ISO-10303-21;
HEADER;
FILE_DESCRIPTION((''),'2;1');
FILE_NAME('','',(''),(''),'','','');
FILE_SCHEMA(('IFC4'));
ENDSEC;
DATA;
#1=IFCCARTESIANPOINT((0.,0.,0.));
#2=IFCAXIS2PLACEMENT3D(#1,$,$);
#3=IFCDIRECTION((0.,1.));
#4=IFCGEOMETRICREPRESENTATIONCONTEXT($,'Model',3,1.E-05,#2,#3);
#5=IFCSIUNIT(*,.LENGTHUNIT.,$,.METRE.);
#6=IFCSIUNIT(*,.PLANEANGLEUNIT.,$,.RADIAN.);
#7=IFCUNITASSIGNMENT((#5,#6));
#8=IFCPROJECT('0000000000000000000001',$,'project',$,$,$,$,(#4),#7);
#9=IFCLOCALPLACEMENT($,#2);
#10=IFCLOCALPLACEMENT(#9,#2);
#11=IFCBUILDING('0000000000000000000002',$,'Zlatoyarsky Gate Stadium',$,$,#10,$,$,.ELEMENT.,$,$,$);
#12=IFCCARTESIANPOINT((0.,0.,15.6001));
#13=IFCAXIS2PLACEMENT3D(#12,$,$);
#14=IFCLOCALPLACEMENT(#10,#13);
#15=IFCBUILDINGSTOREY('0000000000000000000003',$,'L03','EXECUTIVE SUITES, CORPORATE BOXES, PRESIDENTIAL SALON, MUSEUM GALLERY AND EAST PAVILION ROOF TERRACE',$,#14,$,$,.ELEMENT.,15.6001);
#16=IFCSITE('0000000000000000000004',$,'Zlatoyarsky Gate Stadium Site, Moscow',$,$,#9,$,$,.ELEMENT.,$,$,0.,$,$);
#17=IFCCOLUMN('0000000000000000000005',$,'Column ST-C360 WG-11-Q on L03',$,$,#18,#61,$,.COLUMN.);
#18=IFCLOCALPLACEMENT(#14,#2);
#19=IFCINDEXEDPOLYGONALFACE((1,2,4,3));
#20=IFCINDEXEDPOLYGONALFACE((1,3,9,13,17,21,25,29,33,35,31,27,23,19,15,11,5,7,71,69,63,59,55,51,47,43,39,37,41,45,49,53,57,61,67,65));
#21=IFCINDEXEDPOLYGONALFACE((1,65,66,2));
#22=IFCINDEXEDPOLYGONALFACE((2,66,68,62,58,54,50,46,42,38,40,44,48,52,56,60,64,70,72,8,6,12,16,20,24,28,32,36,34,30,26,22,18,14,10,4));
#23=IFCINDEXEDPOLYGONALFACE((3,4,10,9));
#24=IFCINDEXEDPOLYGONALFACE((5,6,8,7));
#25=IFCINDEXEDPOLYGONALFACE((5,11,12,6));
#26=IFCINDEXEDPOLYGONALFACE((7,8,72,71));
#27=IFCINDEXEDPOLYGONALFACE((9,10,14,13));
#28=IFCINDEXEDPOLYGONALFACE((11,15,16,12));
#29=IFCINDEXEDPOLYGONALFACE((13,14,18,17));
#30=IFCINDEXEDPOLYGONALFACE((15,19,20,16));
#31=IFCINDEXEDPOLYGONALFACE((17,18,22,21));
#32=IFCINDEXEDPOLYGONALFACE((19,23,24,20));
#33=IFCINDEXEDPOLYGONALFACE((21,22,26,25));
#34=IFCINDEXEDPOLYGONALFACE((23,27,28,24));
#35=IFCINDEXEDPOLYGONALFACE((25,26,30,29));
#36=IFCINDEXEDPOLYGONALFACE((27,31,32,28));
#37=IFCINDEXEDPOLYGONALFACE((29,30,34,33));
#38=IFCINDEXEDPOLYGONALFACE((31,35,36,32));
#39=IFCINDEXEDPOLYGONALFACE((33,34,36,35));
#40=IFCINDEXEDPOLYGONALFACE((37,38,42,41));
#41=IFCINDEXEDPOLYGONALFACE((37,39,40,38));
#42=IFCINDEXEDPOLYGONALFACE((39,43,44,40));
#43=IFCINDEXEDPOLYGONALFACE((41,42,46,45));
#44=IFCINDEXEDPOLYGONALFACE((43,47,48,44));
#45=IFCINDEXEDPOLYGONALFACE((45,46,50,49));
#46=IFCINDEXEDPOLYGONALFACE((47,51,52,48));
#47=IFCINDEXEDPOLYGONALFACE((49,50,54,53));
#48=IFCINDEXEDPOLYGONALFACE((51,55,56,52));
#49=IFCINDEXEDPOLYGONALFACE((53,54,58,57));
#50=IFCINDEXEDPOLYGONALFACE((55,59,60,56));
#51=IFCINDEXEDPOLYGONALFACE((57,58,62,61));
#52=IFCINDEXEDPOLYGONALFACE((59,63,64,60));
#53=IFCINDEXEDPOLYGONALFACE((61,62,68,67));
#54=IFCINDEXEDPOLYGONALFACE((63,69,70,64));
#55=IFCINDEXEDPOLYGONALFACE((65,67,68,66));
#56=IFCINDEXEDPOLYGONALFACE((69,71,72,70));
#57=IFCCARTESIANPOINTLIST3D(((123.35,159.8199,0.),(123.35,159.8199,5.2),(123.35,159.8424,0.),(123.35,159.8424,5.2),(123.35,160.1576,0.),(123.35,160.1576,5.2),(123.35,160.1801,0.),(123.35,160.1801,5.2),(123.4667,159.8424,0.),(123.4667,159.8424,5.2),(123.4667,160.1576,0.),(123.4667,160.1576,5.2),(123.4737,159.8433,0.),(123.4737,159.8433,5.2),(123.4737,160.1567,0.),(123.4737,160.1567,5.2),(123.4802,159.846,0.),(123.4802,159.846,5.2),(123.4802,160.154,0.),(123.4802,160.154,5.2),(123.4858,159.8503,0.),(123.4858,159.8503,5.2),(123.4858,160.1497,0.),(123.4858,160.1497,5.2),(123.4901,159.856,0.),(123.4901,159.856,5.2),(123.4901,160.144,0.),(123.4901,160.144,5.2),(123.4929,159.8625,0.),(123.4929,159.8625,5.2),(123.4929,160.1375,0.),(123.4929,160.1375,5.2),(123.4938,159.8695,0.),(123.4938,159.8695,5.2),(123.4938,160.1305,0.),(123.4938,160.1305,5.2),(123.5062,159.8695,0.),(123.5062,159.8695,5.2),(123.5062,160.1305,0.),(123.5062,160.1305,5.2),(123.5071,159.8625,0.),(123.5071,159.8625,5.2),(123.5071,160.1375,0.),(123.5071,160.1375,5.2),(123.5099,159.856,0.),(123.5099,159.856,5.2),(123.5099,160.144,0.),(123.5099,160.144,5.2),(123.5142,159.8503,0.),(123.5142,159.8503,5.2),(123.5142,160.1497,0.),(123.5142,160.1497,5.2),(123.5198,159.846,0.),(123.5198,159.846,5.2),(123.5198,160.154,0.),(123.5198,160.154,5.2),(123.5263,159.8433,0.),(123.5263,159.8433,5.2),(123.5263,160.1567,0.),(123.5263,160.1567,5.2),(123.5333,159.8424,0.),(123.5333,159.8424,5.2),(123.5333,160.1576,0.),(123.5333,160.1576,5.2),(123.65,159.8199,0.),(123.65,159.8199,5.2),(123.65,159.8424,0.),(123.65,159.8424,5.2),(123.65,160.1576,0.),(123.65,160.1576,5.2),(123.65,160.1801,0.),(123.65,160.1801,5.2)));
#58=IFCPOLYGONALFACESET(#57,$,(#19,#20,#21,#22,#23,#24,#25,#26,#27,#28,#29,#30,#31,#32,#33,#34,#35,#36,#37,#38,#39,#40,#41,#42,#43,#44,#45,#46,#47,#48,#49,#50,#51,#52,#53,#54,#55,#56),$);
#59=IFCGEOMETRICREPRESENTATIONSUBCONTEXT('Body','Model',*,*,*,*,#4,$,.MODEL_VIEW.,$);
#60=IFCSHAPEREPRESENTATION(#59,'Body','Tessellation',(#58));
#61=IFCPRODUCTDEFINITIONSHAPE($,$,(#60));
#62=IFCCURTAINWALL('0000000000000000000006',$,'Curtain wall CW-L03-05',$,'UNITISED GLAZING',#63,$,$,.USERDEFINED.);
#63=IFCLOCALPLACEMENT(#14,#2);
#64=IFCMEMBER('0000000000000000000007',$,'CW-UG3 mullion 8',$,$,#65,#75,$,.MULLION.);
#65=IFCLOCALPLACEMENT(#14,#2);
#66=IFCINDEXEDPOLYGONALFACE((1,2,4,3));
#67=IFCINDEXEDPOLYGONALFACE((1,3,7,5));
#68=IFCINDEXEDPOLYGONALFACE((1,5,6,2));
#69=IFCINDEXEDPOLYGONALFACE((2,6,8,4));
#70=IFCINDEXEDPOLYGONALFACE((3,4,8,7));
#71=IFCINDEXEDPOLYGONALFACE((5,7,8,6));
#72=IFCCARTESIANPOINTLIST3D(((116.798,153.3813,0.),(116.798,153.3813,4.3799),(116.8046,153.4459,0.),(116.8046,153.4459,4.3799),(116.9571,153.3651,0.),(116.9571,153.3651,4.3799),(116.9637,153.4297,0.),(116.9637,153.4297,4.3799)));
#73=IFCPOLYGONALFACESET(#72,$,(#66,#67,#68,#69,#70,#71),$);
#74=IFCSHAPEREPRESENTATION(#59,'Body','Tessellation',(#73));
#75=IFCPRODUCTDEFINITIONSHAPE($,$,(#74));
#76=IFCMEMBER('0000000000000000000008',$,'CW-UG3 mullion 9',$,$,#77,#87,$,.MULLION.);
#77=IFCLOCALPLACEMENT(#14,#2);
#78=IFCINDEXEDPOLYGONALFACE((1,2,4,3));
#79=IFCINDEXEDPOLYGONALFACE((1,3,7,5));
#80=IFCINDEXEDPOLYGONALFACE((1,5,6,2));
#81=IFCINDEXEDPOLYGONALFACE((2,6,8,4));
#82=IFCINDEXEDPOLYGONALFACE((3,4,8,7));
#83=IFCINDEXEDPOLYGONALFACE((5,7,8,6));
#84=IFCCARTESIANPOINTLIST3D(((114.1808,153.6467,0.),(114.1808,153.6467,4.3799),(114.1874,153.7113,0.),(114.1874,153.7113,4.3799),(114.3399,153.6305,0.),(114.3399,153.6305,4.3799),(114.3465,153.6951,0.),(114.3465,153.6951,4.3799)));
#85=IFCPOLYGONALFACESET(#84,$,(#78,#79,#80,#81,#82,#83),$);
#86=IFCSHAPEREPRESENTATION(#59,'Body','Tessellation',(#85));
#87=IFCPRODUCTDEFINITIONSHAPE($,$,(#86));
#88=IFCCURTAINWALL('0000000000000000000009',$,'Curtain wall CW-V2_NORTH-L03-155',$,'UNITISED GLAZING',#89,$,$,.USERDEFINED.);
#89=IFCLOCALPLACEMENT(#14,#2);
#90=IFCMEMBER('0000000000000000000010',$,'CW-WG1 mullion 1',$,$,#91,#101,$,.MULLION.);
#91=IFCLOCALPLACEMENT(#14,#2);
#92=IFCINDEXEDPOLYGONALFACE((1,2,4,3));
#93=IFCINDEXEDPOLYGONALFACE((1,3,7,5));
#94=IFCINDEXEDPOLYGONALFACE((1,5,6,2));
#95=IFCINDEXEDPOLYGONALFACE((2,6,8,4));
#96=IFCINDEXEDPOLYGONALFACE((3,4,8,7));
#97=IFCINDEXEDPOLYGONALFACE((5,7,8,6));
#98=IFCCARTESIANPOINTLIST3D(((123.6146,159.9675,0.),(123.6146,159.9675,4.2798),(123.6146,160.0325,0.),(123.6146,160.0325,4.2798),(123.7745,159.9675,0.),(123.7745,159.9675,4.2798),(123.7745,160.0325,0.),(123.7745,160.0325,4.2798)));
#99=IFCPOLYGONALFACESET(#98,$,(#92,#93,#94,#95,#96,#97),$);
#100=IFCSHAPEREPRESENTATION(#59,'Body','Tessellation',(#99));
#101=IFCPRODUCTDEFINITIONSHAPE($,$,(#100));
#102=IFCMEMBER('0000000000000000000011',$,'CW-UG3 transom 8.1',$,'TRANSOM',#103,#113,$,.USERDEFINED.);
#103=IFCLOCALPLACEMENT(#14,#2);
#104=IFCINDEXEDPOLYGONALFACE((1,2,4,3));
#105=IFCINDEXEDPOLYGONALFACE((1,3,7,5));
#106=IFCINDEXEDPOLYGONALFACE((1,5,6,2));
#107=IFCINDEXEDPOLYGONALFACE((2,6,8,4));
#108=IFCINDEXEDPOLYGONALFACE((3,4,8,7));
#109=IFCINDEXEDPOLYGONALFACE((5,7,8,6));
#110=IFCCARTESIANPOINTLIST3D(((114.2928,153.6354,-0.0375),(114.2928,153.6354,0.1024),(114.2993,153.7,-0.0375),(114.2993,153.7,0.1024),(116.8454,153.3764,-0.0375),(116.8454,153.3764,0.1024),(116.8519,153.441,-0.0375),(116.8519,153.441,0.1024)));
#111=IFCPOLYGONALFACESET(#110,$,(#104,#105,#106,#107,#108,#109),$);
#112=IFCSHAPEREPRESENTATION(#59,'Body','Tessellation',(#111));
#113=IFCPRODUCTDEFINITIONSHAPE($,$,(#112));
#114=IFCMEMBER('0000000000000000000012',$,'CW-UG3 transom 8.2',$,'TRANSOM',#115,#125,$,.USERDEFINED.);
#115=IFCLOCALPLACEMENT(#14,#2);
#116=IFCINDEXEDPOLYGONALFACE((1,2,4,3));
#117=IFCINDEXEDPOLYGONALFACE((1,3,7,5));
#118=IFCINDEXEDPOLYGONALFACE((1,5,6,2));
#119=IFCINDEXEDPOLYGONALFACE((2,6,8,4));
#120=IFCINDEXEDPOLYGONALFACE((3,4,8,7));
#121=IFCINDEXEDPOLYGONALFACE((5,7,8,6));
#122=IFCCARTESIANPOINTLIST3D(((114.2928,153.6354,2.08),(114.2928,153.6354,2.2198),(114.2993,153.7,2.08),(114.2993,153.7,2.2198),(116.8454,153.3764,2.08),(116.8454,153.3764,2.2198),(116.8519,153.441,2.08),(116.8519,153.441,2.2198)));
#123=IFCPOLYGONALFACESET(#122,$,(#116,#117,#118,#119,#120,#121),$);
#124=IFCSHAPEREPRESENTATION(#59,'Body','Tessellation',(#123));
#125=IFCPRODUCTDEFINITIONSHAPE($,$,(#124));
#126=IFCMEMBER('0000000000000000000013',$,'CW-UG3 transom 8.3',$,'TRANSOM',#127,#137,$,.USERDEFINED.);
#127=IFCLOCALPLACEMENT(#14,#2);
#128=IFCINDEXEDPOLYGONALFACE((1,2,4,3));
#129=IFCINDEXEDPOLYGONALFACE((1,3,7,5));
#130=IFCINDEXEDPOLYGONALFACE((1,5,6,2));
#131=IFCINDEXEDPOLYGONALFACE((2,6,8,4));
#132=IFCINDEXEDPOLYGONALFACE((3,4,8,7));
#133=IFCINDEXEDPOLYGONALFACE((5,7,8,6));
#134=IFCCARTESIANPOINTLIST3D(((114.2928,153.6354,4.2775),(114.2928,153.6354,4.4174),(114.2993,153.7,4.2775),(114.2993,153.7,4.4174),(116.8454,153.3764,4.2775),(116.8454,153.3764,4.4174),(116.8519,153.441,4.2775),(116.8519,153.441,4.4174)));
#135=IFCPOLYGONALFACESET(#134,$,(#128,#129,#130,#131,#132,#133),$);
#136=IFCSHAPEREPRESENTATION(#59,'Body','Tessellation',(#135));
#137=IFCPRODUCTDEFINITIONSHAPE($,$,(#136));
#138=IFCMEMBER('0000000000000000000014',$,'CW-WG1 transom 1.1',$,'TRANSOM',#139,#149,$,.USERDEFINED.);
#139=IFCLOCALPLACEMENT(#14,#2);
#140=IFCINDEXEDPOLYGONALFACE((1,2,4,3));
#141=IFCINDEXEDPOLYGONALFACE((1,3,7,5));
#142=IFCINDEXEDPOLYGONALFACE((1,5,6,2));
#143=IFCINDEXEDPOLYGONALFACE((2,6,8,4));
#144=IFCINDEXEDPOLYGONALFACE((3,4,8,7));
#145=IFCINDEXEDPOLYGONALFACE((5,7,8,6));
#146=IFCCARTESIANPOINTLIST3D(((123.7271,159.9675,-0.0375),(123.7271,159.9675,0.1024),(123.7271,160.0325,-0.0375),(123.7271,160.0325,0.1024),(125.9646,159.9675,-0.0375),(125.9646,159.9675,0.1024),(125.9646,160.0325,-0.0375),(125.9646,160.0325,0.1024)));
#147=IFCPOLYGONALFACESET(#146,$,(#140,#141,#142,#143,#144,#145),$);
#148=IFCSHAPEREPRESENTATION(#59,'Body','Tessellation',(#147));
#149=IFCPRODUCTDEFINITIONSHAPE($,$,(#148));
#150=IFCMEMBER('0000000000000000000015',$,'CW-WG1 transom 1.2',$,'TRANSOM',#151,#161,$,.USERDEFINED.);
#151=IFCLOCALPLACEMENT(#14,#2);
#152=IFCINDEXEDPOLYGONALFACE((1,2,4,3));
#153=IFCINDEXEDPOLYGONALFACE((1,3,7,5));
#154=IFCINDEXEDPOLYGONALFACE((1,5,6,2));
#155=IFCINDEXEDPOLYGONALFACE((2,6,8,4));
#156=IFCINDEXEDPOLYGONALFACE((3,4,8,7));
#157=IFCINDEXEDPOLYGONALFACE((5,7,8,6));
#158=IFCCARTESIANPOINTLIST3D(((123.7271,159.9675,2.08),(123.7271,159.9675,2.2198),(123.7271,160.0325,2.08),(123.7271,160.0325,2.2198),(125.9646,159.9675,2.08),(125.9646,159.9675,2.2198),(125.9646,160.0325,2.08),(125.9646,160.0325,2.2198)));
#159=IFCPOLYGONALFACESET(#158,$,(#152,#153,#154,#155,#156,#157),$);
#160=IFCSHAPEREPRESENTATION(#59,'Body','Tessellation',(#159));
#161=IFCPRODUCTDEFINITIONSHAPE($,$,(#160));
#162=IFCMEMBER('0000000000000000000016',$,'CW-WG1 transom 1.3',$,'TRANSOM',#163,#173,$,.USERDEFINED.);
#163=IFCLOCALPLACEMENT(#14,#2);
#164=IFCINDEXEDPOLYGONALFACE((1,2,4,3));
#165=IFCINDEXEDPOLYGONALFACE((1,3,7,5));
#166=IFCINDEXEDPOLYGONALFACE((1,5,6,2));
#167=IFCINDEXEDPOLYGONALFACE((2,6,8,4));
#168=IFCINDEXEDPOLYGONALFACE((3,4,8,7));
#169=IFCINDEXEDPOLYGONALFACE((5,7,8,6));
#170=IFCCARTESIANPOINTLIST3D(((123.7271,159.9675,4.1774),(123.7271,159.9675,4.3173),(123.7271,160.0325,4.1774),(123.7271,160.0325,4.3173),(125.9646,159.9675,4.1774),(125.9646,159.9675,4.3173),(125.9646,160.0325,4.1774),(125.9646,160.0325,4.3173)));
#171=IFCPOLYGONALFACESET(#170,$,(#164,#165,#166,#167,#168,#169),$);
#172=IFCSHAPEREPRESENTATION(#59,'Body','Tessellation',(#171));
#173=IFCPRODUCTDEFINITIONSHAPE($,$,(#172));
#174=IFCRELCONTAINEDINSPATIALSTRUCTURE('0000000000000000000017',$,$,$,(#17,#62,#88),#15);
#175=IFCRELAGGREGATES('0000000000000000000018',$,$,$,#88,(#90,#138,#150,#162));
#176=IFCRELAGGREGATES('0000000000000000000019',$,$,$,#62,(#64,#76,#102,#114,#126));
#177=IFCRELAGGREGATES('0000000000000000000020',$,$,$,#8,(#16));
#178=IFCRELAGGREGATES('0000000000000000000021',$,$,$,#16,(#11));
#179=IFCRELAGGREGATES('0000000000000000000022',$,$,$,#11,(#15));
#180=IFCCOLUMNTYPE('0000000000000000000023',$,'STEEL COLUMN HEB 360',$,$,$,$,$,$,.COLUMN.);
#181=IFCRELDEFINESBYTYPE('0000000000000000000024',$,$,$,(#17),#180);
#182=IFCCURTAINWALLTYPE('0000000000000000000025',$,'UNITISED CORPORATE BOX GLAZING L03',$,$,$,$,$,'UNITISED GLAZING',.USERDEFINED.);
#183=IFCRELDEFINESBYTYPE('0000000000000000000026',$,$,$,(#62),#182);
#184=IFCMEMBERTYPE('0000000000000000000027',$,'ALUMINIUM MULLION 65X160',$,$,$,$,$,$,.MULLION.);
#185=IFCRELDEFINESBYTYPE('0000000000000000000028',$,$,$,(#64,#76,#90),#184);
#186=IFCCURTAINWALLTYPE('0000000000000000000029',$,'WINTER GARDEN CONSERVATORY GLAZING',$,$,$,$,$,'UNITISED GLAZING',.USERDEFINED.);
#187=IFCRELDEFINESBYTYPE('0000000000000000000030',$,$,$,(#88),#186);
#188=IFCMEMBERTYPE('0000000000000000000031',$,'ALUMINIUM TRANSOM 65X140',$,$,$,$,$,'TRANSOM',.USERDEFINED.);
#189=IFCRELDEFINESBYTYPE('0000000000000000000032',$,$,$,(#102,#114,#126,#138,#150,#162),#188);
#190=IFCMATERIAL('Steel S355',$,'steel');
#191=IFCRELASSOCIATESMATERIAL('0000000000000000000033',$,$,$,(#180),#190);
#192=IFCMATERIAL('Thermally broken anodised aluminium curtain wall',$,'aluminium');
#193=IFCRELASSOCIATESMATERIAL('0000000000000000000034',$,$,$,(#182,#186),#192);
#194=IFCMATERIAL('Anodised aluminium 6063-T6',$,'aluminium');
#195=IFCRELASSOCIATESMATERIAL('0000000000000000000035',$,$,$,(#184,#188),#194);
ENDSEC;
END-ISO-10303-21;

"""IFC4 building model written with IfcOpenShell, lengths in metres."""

from ifc_helpers import new_model, si_unit, direction, frame, origin, origin_2d, place, context, subcontext, project, spatial, rectangle, i_section, extrude, material, material_profile, profile_set, type_object, element, aggregate, save


model = new_model("IFC4")

# Units and contexts
model_context = context("Model", 3, precision=1e-05, world=origin(), true_north=direction((0.0, 1.0)))
body_context = subcontext(model_context, "Body", "Model", "MODEL_VIEW")
ifc_project = project(units=[si_unit("LENGTHUNIT", "METRE"), si_unit("PLANEANGLEUNIT", "RADIAN")], contexts=[model_context])

# Site, building, storey
site_placement = place(None, origin())
site = spatial("IfcSite", under=ifc_project, at=site_placement, Name="Zlatoyarsky Gate Stadium Site, Moscow", CompositionType="ELEMENT", RefElevation=0.0)
building_placement = place(site_placement, origin())
building = spatial("IfcBuilding", under=site, at=building_placement, Name="Zlatoyarsky Gate Stadium", CompositionType="ELEMENT")
storey_placement = place(building_placement, frame((0.0, 0.0, 15.6001)))
storey = spatial("IfcBuildingStorey", under=building, at=storey_placement, Name="L03", Description="EXECUTIVE SUITES, CORPORATE BOXES, PRESIDENTIAL SALON, MUSEUM GALLERY AND EAST PAVILION ROOF TERRACE", CompositionType="ELEMENT", Elevation=15.6001)

# Column
ifc_material_1 = material(Name="Steel S355", Category="steel")
ifc_material_profile_1 = material_profile(ifc_material_1, i_section(OverallWidth=0.3, OverallDepth=0.3601, WebThickness=0.0125, FlangeThickness=0.0225, FilletRadius=0.0271, at=origin_2d()), Name="HEB 360")
ifc_profile_set_1 = profile_set([ifc_material_profile_1], Name="Steel S355")
column_type = type_object("IfcColumnType", Name="STEEL COLUMN HEB 360", PredefinedType="COLUMN", material=ifc_profile_set_1)
column_placement = place(storey_placement, frame((123.5, 160.0, 0.0), z_axis=(0.0, 0.0, 1.0), x_axis=(1.0, 0.0, 0.0)))
element("IfcColumn", 1, at=column_placement, inside=storey, type_object=column_type, Name="Column ST-C360 WG-11-Q on L03", PredefinedType="COLUMN", context=body_context, shape_type="SweptSolid", body=[
    extrude(i_section(OverallWidth=0.3, OverallDepth=0.3601, WebThickness=0.0125, FlangeThickness=0.0225, FilletRadius=0.0271, at=origin_2d()), origin(), (0.0, 0.0, 1.0), 5.2),
])

# Curtain wall, members
ifc_material_2 = material(Name="Thermally broken anodised aluminium curtain wall", Category="aluminium")
curtain_wall_type_1 = type_object("IfcCurtainWallType", Name="UNITISED CORPORATE BOX GLAZING L03", ElementType="UNITISED GLAZING", PredefinedType="USERDEFINED", material=ifc_material_2)
curtain_wall_1_placement = place(storey_placement, origin())
curtain_wall_1 = element("IfcCurtainWall", 2, at=curtain_wall_1_placement, inside=storey, type_object=curtain_wall_type_1, Name="Curtain wall CW-L03-05", ObjectType="UNITISED GLAZING", PredefinedType="USERDEFINED")
ifc_material_3 = material(Name="Anodised aluminium 6063-T6", Category="aluminium")
ifc_material_profile_2 = material_profile(ifc_material_3, rectangle(XDim=0.0649, YDim=0.1599, at=origin_2d()), Name="ALU 65X160")
ifc_profile_set_2 = profile_set([ifc_material_profile_2], Name="Anodised aluminium 6063-T6")
member_type_1 = type_object("IfcMemberType", Name="ALUMINIUM MULLION 65X160", PredefinedType="MULLION", material=ifc_profile_set_2)
member_1_placement = place(storey_placement, frame((116.8809, 153.4055, 0.0), z_axis=(0.0, 0.0, 1.0), x_axis=(-0.100968, -0.99489, 0.0)))
member_1 = element("IfcMember", 3, at=member_1_placement, type_object=member_type_1, Name="CW-UG3 mullion 8", PredefinedType="MULLION", context=body_context, shape_type="SweptSolid", body=[
    extrude(rectangle(XDim=0.0649, YDim=0.1599, at=origin_2d()), origin(), (0.0, 0.0, 1.0), 4.3799),
])
member_2_placement = place(storey_placement, frame((114.2637, 153.6709, 0.0), z_axis=(0.0, 0.0, 1.0), x_axis=(-0.100968, -0.99489, 0.0)))
member_2 = element("IfcMember", 4, at=member_2_placement, type_object=member_type_1, Name="CW-UG3 mullion 9", PredefinedType="MULLION", context=body_context, shape_type="SweptSolid", body=[
    extrude(rectangle(XDim=0.0649, YDim=0.1599, at=origin_2d()), origin(), (0.0, 0.0, 1.0), 4.3799),
])

# Curtain wall, member
curtain_wall_type_2 = type_object("IfcCurtainWallType", Name="WINTER GARDEN CONSERVATORY GLAZING", ElementType="UNITISED GLAZING", PredefinedType="USERDEFINED", material=ifc_material_2)
curtain_wall_2_placement = place(storey_placement, origin())
curtain_wall_2 = element("IfcCurtainWall", 5, at=curtain_wall_2_placement, inside=storey, type_object=curtain_wall_type_2, Name="Curtain wall CW-V2_NORTH-L03-155", ObjectType="UNITISED GLAZING", PredefinedType="USERDEFINED")
member_3_placement = place(storey_placement, frame((123.6946, 160.0, 0.0), z_axis=(0.0, 0.0, 1.0), x_axis=(0.0, 1.0, 0.0)))
member_3 = element("IfcMember", 6, at=member_3_placement, type_object=member_type_1, Name="CW-WG1 mullion 1", PredefinedType="MULLION", context=body_context, shape_type="SweptSolid", body=[
    extrude(rectangle(XDim=0.0649, YDim=0.1599, at=origin_2d()), origin(), (0.0, 0.0, 1.0), 4.2798),
])

# Members
ifc_material_profile_3 = material_profile(ifc_material_3, rectangle(XDim=0.0649, YDim=0.1399, at=origin_2d()), Name="ALU 65X140")
ifc_profile_set_3 = profile_set([ifc_material_profile_3], Name="Anodised aluminium 6063-T6")
member_type_2 = type_object("IfcMemberType", Name="ALUMINIUM TRANSOM 65X140", ElementType="TRANSOM", PredefinedType="USERDEFINED", material=ifc_profile_set_3)
member_4_placement = place(storey_placement, frame((116.8486, 153.4087, 0.0325), z_axis=(-0.99489, 0.100964, 0.0), x_axis=(-0.100964, -0.99489, 0.0)))
member_4 = element("IfcMember", 7, at=member_4_placement, type_object=member_type_2, Name="CW-UG3 transom 8.1", ObjectType="TRANSOM", PredefinedType="USERDEFINED", context=body_context, shape_type="SweptSolid", body=[
    extrude(rectangle(XDim=0.0649, YDim=0.1399, at=origin_2d()), origin(), (0.0, 0.0, 1.0), 2.5657),
])
member_5_placement = place(storey_placement, frame((116.8486, 153.4087, 2.1499), z_axis=(-0.99489, 0.100964, 0.0), x_axis=(-0.100964, -0.99489, 0.0)))
member_5 = element("IfcMember", 8, at=member_5_placement, type_object=member_type_2, Name="CW-UG3 transom 8.2", ObjectType="TRANSOM", PredefinedType="USERDEFINED", context=body_context, shape_type="SweptSolid", body=[
    extrude(rectangle(XDim=0.0649, YDim=0.1399, at=origin_2d()), origin(), (0.0, 0.0, 1.0), 2.5657),
])
member_6_placement = place(storey_placement, frame((116.8486, 153.4087, 4.3474), z_axis=(-0.99489, 0.100964, 0.0), x_axis=(-0.100964, -0.99489, 0.0)))
member_6 = element("IfcMember", 9, at=member_6_placement, type_object=member_type_2, Name="CW-UG3 transom 8.3", ObjectType="TRANSOM", PredefinedType="USERDEFINED", context=body_context, shape_type="SweptSolid", body=[
    extrude(rectangle(XDim=0.0649, YDim=0.1399, at=origin_2d()), origin(), (0.0, 0.0, 1.0), 2.5657),
])
member_7_placement = place(storey_placement, frame((123.7271, 160.0, 0.0325), z_axis=(1.0, 0.0, 0.0), x_axis=(0.0, 1.0, 0.0)))
member_7 = element("IfcMember", 10, at=member_7_placement, type_object=member_type_2, Name="CW-WG1 transom 1.1", ObjectType="TRANSOM", PredefinedType="USERDEFINED", context=body_context, shape_type="SweptSolid", body=[
    extrude(rectangle(XDim=0.0649, YDim=0.1399, at=origin_2d()), origin(), (0.0, 0.0, 1.0), 2.2375),
])
member_8_placement = place(storey_placement, frame((123.7271, 160.0, 2.1499), z_axis=(1.0, 0.0, 0.0), x_axis=(0.0, 1.0, 0.0)))
member_8 = element("IfcMember", 11, at=member_8_placement, type_object=member_type_2, Name="CW-WG1 transom 1.2", ObjectType="TRANSOM", PredefinedType="USERDEFINED", context=body_context, shape_type="SweptSolid", body=[
    extrude(rectangle(XDim=0.0649, YDim=0.1399, at=origin_2d()), origin(), (0.0, 0.0, 1.0), 2.2375),
])
member_9_placement = place(storey_placement, frame((123.7271, 160.0, 4.2473), z_axis=(1.0, 0.0, 0.0), x_axis=(0.0, 1.0, 0.0)))
member_9 = element("IfcMember", 12, at=member_9_placement, type_object=member_type_2, Name="CW-WG1 transom 1.3", ObjectType="TRANSOM", PredefinedType="USERDEFINED", context=body_context, shape_type="SweptSolid", body=[
    extrude(rectangle(XDim=0.0649, YDim=0.1399, at=origin_2d()), origin(), (0.0, 0.0, 1.0), 2.2375),
])
aggregate(curtain_wall_2, [member_3, member_7, member_8, member_9])

aggregate(curtain_wall_1, [member_1, member_2, member_4, member_5, member_6])

save(model, "model.ifc")
